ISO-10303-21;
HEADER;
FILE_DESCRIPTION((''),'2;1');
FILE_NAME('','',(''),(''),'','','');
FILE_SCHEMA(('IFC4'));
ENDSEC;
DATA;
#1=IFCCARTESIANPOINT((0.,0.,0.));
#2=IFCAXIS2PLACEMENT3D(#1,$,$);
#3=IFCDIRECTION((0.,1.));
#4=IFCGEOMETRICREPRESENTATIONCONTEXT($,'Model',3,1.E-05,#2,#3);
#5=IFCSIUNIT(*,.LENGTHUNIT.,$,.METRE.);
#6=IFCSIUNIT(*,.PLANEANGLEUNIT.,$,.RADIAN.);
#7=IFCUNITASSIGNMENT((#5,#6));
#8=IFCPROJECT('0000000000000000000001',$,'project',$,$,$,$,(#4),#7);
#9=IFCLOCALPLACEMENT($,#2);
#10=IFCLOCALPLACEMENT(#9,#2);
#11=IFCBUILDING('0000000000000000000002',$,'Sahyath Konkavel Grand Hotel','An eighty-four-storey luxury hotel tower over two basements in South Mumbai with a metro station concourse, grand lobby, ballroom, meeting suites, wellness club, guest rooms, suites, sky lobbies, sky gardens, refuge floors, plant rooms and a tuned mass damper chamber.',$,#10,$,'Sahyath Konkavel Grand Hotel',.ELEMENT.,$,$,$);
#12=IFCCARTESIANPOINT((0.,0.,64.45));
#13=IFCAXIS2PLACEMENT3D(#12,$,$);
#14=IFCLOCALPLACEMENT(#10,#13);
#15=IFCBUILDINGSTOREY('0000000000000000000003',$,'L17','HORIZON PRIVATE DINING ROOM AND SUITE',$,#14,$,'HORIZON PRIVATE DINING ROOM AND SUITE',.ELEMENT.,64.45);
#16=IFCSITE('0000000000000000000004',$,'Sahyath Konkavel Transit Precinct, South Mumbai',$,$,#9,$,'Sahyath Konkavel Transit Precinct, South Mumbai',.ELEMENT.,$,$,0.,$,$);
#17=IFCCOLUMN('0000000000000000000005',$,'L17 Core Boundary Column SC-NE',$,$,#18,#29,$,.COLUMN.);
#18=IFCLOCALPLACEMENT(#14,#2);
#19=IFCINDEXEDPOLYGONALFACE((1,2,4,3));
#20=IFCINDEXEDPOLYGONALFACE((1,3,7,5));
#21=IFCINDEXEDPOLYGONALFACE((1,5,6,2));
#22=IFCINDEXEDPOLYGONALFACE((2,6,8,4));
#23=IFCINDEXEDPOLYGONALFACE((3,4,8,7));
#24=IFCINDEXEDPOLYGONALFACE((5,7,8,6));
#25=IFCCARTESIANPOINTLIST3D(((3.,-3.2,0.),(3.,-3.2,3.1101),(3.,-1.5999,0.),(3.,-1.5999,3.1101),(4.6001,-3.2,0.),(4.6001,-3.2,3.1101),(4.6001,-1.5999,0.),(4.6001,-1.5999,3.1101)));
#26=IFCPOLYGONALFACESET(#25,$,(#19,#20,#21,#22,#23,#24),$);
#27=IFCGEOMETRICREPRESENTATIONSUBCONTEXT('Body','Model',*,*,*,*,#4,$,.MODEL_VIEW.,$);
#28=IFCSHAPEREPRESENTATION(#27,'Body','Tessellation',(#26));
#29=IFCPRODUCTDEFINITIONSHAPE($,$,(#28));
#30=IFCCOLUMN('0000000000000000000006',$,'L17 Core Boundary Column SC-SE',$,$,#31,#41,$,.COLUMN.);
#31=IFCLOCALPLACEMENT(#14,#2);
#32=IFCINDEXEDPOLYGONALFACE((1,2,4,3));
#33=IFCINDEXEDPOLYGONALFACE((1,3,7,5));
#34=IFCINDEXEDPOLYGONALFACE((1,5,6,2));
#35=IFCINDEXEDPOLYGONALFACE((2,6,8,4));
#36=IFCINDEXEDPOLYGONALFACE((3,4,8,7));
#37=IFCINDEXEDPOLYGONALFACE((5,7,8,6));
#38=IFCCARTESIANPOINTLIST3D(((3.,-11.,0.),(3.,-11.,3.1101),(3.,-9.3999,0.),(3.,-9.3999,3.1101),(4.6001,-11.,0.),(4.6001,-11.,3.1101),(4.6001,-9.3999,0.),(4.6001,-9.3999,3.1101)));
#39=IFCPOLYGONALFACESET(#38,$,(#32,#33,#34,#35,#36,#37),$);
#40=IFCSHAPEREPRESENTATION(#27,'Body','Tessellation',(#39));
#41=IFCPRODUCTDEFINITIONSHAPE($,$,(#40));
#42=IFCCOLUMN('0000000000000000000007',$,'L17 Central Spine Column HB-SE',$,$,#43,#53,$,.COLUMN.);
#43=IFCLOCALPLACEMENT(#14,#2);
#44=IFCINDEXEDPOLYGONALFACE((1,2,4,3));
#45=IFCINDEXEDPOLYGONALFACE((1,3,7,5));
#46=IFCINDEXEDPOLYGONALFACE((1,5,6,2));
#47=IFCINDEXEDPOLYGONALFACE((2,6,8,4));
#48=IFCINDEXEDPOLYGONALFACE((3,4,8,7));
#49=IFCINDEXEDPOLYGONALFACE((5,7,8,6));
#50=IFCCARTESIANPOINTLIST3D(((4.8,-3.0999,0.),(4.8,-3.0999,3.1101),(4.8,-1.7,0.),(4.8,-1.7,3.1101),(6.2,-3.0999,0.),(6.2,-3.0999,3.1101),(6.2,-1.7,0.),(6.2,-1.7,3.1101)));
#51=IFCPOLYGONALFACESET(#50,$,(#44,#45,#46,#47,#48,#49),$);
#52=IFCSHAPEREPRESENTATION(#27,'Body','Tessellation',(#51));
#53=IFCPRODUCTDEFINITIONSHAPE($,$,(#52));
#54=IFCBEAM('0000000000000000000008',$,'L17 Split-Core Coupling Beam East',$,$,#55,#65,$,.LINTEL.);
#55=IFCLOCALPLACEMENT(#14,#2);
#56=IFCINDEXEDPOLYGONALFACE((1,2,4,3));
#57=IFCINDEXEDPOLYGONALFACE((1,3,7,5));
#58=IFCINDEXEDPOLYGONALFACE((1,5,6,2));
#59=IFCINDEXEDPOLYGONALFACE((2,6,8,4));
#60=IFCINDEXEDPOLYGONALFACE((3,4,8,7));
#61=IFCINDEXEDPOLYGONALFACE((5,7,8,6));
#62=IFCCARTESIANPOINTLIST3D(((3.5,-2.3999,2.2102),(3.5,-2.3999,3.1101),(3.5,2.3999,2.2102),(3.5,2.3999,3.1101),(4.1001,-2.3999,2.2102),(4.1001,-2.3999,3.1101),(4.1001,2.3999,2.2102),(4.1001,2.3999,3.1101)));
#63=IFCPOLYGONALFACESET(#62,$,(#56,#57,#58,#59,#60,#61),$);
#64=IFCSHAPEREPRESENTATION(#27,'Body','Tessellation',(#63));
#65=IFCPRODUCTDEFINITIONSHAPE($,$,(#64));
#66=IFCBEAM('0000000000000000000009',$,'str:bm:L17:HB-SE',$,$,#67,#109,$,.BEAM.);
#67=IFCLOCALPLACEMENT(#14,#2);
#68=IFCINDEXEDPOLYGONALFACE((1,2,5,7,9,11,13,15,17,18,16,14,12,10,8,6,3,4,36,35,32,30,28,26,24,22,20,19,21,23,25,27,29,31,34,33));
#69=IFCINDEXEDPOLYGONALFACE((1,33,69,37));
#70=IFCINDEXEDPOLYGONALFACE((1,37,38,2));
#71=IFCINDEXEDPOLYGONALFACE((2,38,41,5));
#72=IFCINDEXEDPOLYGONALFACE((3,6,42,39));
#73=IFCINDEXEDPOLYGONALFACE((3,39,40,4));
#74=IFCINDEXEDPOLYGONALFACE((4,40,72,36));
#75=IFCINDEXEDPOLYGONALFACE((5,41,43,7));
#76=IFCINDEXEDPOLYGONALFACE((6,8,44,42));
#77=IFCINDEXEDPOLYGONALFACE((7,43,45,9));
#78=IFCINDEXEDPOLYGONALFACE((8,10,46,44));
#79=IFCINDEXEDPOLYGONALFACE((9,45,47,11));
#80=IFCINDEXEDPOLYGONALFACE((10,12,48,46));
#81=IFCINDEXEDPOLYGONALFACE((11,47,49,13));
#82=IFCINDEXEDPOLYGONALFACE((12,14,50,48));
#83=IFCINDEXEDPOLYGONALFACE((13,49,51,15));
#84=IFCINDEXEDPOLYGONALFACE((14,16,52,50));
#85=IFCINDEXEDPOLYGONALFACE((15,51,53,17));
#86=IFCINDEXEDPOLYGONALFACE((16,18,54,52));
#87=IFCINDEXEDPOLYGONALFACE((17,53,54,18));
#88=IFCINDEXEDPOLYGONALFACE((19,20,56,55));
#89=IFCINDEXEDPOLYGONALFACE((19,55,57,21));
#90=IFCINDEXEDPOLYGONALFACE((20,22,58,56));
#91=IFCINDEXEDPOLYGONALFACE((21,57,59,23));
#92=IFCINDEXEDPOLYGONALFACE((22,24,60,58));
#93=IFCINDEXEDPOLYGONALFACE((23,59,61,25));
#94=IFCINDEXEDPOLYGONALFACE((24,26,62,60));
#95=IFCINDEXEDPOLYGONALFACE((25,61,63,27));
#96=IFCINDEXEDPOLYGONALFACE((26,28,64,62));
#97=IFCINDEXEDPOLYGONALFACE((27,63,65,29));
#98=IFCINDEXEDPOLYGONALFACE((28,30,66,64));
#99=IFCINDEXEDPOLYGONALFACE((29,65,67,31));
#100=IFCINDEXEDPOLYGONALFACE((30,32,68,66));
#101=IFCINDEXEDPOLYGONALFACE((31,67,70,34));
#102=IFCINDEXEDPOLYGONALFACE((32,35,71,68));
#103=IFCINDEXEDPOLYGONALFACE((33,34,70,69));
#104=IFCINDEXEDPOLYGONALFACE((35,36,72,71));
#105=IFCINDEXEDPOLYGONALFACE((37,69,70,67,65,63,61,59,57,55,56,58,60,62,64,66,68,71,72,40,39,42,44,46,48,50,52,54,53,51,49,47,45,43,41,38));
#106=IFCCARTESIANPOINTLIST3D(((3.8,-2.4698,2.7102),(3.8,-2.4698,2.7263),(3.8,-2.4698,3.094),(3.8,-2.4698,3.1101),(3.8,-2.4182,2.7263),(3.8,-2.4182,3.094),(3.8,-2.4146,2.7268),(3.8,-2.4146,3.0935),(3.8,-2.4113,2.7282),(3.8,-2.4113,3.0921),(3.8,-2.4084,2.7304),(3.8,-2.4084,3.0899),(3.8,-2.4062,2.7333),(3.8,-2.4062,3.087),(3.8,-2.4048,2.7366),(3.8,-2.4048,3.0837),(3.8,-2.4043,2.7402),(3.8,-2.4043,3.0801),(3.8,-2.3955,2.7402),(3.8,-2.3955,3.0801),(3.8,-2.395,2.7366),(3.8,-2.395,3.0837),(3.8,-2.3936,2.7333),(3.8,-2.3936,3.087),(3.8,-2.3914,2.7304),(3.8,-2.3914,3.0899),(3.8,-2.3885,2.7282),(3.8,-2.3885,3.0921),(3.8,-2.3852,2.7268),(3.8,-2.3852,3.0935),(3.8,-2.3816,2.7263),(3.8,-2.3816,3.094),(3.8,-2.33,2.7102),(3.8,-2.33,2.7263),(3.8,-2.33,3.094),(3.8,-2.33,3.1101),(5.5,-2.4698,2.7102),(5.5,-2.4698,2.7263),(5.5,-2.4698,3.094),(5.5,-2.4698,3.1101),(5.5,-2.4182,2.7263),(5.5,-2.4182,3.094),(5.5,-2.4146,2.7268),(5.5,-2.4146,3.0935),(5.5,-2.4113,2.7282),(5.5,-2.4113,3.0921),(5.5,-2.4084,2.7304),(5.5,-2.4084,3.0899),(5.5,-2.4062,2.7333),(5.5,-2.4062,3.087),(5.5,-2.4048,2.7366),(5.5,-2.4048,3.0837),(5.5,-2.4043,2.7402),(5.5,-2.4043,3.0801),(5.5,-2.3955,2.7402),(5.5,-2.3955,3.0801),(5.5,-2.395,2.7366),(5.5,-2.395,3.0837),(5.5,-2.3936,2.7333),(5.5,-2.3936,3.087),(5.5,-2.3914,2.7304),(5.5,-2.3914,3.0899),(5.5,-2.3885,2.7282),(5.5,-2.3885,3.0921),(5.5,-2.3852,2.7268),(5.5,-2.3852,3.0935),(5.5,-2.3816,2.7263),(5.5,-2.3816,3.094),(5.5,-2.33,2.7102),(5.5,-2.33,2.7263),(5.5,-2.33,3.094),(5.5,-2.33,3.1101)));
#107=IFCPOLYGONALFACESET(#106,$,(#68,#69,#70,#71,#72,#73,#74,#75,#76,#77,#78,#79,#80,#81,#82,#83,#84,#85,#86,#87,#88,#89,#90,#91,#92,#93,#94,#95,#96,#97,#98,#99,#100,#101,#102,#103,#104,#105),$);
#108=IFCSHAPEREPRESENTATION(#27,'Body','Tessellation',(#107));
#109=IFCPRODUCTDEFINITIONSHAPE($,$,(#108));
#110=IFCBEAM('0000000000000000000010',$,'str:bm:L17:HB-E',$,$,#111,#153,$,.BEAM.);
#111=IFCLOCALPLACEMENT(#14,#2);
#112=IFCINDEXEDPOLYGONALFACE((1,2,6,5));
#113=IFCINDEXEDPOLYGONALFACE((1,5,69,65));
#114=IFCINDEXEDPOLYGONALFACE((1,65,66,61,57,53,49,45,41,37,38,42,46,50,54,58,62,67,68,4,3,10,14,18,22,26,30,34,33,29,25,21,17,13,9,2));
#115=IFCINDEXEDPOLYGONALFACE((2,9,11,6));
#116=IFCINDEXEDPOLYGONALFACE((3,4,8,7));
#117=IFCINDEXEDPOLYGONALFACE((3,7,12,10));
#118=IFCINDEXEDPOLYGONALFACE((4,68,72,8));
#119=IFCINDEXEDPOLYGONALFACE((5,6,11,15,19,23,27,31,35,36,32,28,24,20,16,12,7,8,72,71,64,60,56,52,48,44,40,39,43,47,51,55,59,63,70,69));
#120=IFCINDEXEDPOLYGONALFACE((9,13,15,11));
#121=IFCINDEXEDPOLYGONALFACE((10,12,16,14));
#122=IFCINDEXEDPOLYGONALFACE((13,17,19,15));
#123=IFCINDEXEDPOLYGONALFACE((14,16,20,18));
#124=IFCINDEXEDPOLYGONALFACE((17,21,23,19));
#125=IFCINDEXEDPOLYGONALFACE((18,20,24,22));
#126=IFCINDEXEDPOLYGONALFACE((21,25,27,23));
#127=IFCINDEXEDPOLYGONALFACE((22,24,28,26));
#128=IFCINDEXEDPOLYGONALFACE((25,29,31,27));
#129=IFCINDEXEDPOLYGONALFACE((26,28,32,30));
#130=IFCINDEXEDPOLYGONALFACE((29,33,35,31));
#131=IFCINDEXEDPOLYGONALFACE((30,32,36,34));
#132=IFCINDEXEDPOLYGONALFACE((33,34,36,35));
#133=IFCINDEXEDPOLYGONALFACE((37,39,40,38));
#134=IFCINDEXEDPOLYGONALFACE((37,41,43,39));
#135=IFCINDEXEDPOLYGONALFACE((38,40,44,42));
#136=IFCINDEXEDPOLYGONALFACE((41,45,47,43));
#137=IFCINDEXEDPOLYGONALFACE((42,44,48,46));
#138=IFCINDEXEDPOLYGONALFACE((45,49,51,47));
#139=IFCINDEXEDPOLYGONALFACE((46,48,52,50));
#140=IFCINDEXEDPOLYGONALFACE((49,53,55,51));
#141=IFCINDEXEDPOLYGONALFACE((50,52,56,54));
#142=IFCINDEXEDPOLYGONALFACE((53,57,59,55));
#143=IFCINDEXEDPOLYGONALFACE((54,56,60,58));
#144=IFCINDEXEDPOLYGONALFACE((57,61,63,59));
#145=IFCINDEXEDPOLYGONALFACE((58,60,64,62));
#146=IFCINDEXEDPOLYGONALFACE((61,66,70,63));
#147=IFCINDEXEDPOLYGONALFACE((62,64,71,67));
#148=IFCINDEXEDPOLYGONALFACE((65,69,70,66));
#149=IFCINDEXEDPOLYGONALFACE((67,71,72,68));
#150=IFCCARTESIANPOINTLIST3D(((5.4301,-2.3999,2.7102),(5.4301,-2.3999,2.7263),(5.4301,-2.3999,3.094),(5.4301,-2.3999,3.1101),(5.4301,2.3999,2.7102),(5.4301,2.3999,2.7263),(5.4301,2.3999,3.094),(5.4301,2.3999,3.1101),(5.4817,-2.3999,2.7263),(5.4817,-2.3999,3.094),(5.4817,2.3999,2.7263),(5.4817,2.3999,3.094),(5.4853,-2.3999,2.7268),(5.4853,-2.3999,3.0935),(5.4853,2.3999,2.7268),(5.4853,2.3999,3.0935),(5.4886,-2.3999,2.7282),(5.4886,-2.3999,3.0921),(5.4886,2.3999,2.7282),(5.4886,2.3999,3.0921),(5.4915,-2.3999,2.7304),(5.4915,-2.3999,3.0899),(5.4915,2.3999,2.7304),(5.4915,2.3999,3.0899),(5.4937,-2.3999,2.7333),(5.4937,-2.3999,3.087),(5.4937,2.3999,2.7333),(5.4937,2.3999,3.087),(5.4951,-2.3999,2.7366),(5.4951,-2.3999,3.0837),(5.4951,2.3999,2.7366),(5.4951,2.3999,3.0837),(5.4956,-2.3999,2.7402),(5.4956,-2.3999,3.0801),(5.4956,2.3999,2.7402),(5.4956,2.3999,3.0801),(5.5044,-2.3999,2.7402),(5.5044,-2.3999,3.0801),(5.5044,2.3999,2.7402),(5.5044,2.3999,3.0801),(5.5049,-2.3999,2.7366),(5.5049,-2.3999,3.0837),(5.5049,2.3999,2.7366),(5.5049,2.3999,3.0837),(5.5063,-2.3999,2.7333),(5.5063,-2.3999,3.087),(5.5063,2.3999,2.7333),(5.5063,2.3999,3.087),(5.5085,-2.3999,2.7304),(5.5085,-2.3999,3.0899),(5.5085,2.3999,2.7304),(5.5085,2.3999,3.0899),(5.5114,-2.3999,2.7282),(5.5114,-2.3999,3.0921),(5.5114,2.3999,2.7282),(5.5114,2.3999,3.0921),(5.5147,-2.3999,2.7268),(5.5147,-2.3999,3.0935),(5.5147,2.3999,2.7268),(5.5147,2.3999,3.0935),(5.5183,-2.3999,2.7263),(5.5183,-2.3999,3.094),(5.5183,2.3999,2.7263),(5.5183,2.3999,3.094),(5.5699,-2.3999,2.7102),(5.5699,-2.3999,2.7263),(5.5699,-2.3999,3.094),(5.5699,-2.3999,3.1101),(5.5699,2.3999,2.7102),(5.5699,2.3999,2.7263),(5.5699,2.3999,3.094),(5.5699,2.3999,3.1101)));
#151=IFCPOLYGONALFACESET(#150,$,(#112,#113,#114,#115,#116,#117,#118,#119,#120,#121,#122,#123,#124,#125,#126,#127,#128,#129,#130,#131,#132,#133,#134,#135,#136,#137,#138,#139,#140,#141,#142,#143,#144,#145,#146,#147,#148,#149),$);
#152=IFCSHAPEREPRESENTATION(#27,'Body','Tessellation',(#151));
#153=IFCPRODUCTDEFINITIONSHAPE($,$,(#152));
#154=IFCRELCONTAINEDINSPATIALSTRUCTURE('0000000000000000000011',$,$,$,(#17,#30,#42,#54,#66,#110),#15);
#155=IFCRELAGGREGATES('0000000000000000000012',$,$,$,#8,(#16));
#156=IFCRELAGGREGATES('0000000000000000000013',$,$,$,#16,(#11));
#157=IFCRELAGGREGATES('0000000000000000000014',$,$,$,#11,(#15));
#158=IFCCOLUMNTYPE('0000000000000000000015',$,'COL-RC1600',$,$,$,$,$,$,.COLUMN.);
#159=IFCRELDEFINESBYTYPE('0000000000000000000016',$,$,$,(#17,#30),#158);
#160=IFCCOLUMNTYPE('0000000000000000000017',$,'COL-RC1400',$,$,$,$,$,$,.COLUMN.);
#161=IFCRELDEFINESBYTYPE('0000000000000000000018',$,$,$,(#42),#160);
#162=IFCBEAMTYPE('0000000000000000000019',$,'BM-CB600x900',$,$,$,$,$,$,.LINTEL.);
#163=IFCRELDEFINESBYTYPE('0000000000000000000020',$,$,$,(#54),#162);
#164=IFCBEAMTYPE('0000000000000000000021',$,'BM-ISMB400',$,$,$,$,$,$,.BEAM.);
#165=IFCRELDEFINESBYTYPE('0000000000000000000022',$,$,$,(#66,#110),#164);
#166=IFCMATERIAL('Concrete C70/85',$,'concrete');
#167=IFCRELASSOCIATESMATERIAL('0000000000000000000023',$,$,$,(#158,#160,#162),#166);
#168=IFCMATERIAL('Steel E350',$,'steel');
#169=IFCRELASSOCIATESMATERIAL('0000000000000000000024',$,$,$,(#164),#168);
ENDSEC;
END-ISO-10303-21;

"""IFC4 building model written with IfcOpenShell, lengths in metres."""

from ifc_helpers import new_model, si_unit, direction, frame, origin, origin_2d, place, context, subcontext, project, spatial, rectangle, i_section, extrude, source, transform, mapped, material, material_profile, profile_set, type_object, element, save


model = new_model("IFC4")

# Units and contexts
model_context = context("Model", 3, precision=1e-05, world=origin(), true_north=direction((0.0, 1.0)))
body_context = subcontext(model_context, "Body", "Model", "MODEL_VIEW")
ifc_project = project(units=[si_unit("LENGTHUNIT", "METRE"), si_unit("PLANEANGLEUNIT", "RADIAN")], contexts=[model_context])

# Site, building, storey
site_placement = place(None, origin())
site = spatial("IfcSite", under=ifc_project, at=site_placement, Name="Sahyath Konkavel Transit Precinct, South Mumbai", LongName="Sahyath Konkavel Transit Precinct, South Mumbai", CompositionType="ELEMENT", RefElevation=0.0)
building_placement = place(site_placement, origin())
building = spatial("IfcBuilding", under=site, at=building_placement, Name="Sahyath Konkavel Grand Hotel", Description="An eighty-four-storey luxury hotel tower over two basements in South Mumbai with a metro station concourse, grand lobby, ballroom, meeting suites, wellness club, guest rooms, suites, sky lobbies, sky gardens, refuge floors, plant rooms and a tuned mass damper chamber.", LongName="Sahyath Konkavel Grand Hotel", CompositionType="ELEMENT")
storey_placement = place(building_placement, frame((0.0, 0.0, 64.45)))
storey = spatial("IfcBuildingStorey", under=building, at=storey_placement, Name="L17", Description="HORIZON PRIVATE DINING ROOM AND SUITE", LongName="HORIZON PRIVATE DINING ROOM AND SUITE", CompositionType="ELEMENT", Elevation=64.45)

# Columns
ifc_material_1 = material(Name="Concrete C70/85", Category="concrete")
ifc_material_profile_1 = material_profile(ifc_material_1, rectangle(XDim=1.6001, YDim=1.6001, at=origin_2d()), Name="RC 1600x1600")
ifc_profile_set_1 = profile_set([ifc_material_profile_1], Name="Concrete C70/85")
column_type_1 = type_object("IfcColumnType", Name="COL-RC1600", PredefinedType="COLUMN", material=ifc_profile_set_1)
shared_shape_1 = source(origin(), body_context, "Body", "SweptSolid", [
    extrude(rectangle(XDim=1.6001, YDim=1.6001, at=origin_2d()), origin(), (0.0, 0.0, 1.0), 3.1101),
])
for number, where, z_axis, x_axis, name in (
    (1, (3.8, -2.3999, 0.0), (0.0, 0.0, 1.0), (1.0, 0.0, 0.0), "L17 Core Boundary Column SC-NE"),
    (2, (3.8, -10.2, 0.0), (0.0, 0.0, 1.0), (1.0, 0.0, 0.0), "L17 Core Boundary Column SC-SE"),
):
    element("IfcColumn", number, at=place(storey_placement, frame(where, z_axis=z_axis, x_axis=x_axis)), inside=storey, type_object=column_type_1, Name=name, PredefinedType="COLUMN", context=body_context, shape_type="MappedRepresentation", body=[
        mapped(shared_shape_1, transform((0.0, 0.0, 0.0), scale=1.0)),
    ])
ifc_material_profile_2 = material_profile(ifc_material_1, rectangle(XDim=1.3999, YDim=1.3999, at=origin_2d()), Name="RC 1400x1400")
ifc_profile_set_2 = profile_set([ifc_material_profile_2], Name="Concrete C70/85")
column_type_2 = type_object("IfcColumnType", Name="COL-RC1400", PredefinedType="COLUMN", material=ifc_profile_set_2)
shared_shape_2 = source(origin(), body_context, "Body", "SweptSolid", [
    extrude(rectangle(XDim=1.3999, YDim=1.3999, at=origin_2d()), origin(), (0.0, 0.0, 1.0), 3.1101),
])
column_placement = place(storey_placement, frame((5.5, -2.3999, 0.0), z_axis=(0.0, 0.0, 1.0), x_axis=(1.0, 0.0, 0.0)))
element("IfcColumn", 3, at=column_placement, inside=storey, type_object=column_type_2, Name="L17 Central Spine Column HB-SE", PredefinedType="COLUMN", context=body_context, shape_type="MappedRepresentation", body=[
    mapped(shared_shape_2, transform((0.0, 0.0, 0.0), scale=1.0)),
])

# Beams
ifc_material_profile_3 = material_profile(ifc_material_1, rectangle(XDim=0.6001, YDim=0.8999, at=origin_2d()), Name="RC 600x900")
ifc_profile_set_3 = profile_set([ifc_material_profile_3], Name="Concrete C70/85")
beam_type_1 = type_object("IfcBeamType", Name="BM-CB600x900", PredefinedType="LINTEL", material=ifc_profile_set_3)
shared_shape_3 = source(origin(), body_context, "Body", "SweptSolid", [
    extrude(rectangle(XDim=0.6001, YDim=0.8999, at=origin_2d()), origin(), (0.0, 0.0, 1.0), 4.7998),
])
beam_1_placement = place(storey_placement, frame((3.8, -2.3999, 2.6602), z_axis=(0.0, 1.0, 0.0), x_axis=(-1.0, 0.0, 0.0)))
element("IfcBeam", 4, at=beam_1_placement, inside=storey, type_object=beam_type_1, Name="L17 Split-Core Coupling Beam East", PredefinedType="LINTEL", context=body_context, shape_type="MappedRepresentation", body=[
    mapped(shared_shape_3, transform((0.0, 0.0, 0.0), scale=1.0)),
])
ifc_material_2 = material(Name="Steel E350", Category="steel")
ifc_material_profile_4 = material_profile(ifc_material_2, i_section(OverallWidth=0.1399, OverallDepth=0.3999, WebThickness=0.0088, FlangeThickness=0.0161, FilletRadius=0.0139, at=origin_2d()), Name="ISMB 400")
ifc_profile_set_4 = profile_set([ifc_material_profile_4], Name="Steel E350")
beam_type_2 = type_object("IfcBeamType", Name="BM-ISMB400", PredefinedType="BEAM", material=ifc_profile_set_4)
shared_shape_4 = source(origin(), body_context, "Body", "SweptSolid", [
    extrude(i_section(OverallWidth=0.1399, OverallDepth=0.3999, WebThickness=0.0088, FlangeThickness=0.0161, FilletRadius=0.0139, at=origin_2d()), origin(), (0.0, 0.0, 1.0), 1.7),
])
beam_2_placement = place(storey_placement, frame((3.8, -2.3999, 2.9102), z_axis=(1.0, 0.0, 0.0), x_axis=(0.0, 1.0, 0.0)))
element("IfcBeam", 5, at=beam_2_placement, inside=storey, type_object=beam_type_2, Name="str:bm:L17:HB-SE", PredefinedType="BEAM", context=body_context, shape_type="MappedRepresentation", body=[
    mapped(shared_shape_4, transform((0.0, 0.0, 0.0), scale=1.0)),
])
shared_shape_5 = source(origin(), body_context, "Body", "SweptSolid", [
    extrude(i_section(OverallWidth=0.1399, OverallDepth=0.3999, WebThickness=0.0088, FlangeThickness=0.0161, FilletRadius=0.0139, at=origin_2d()), origin(), (0.0, 0.0, 1.0), 4.7998),
])
beam_3_placement = place(storey_placement, frame((5.5, -2.3999, 2.9102), z_axis=(0.0, 1.0, 0.0), x_axis=(-1.0, 0.0, 0.0)))
element("IfcBeam", 6, at=beam_3_placement, inside=storey, type_object=beam_type_2, Name="str:bm:L17:HB-E", PredefinedType="BEAM", context=body_context, shape_type="MappedRepresentation", body=[
    mapped(shared_shape_5, transform((0.0, 0.0, 0.0), scale=1.0)),
])

save(model, "model.ifc")
